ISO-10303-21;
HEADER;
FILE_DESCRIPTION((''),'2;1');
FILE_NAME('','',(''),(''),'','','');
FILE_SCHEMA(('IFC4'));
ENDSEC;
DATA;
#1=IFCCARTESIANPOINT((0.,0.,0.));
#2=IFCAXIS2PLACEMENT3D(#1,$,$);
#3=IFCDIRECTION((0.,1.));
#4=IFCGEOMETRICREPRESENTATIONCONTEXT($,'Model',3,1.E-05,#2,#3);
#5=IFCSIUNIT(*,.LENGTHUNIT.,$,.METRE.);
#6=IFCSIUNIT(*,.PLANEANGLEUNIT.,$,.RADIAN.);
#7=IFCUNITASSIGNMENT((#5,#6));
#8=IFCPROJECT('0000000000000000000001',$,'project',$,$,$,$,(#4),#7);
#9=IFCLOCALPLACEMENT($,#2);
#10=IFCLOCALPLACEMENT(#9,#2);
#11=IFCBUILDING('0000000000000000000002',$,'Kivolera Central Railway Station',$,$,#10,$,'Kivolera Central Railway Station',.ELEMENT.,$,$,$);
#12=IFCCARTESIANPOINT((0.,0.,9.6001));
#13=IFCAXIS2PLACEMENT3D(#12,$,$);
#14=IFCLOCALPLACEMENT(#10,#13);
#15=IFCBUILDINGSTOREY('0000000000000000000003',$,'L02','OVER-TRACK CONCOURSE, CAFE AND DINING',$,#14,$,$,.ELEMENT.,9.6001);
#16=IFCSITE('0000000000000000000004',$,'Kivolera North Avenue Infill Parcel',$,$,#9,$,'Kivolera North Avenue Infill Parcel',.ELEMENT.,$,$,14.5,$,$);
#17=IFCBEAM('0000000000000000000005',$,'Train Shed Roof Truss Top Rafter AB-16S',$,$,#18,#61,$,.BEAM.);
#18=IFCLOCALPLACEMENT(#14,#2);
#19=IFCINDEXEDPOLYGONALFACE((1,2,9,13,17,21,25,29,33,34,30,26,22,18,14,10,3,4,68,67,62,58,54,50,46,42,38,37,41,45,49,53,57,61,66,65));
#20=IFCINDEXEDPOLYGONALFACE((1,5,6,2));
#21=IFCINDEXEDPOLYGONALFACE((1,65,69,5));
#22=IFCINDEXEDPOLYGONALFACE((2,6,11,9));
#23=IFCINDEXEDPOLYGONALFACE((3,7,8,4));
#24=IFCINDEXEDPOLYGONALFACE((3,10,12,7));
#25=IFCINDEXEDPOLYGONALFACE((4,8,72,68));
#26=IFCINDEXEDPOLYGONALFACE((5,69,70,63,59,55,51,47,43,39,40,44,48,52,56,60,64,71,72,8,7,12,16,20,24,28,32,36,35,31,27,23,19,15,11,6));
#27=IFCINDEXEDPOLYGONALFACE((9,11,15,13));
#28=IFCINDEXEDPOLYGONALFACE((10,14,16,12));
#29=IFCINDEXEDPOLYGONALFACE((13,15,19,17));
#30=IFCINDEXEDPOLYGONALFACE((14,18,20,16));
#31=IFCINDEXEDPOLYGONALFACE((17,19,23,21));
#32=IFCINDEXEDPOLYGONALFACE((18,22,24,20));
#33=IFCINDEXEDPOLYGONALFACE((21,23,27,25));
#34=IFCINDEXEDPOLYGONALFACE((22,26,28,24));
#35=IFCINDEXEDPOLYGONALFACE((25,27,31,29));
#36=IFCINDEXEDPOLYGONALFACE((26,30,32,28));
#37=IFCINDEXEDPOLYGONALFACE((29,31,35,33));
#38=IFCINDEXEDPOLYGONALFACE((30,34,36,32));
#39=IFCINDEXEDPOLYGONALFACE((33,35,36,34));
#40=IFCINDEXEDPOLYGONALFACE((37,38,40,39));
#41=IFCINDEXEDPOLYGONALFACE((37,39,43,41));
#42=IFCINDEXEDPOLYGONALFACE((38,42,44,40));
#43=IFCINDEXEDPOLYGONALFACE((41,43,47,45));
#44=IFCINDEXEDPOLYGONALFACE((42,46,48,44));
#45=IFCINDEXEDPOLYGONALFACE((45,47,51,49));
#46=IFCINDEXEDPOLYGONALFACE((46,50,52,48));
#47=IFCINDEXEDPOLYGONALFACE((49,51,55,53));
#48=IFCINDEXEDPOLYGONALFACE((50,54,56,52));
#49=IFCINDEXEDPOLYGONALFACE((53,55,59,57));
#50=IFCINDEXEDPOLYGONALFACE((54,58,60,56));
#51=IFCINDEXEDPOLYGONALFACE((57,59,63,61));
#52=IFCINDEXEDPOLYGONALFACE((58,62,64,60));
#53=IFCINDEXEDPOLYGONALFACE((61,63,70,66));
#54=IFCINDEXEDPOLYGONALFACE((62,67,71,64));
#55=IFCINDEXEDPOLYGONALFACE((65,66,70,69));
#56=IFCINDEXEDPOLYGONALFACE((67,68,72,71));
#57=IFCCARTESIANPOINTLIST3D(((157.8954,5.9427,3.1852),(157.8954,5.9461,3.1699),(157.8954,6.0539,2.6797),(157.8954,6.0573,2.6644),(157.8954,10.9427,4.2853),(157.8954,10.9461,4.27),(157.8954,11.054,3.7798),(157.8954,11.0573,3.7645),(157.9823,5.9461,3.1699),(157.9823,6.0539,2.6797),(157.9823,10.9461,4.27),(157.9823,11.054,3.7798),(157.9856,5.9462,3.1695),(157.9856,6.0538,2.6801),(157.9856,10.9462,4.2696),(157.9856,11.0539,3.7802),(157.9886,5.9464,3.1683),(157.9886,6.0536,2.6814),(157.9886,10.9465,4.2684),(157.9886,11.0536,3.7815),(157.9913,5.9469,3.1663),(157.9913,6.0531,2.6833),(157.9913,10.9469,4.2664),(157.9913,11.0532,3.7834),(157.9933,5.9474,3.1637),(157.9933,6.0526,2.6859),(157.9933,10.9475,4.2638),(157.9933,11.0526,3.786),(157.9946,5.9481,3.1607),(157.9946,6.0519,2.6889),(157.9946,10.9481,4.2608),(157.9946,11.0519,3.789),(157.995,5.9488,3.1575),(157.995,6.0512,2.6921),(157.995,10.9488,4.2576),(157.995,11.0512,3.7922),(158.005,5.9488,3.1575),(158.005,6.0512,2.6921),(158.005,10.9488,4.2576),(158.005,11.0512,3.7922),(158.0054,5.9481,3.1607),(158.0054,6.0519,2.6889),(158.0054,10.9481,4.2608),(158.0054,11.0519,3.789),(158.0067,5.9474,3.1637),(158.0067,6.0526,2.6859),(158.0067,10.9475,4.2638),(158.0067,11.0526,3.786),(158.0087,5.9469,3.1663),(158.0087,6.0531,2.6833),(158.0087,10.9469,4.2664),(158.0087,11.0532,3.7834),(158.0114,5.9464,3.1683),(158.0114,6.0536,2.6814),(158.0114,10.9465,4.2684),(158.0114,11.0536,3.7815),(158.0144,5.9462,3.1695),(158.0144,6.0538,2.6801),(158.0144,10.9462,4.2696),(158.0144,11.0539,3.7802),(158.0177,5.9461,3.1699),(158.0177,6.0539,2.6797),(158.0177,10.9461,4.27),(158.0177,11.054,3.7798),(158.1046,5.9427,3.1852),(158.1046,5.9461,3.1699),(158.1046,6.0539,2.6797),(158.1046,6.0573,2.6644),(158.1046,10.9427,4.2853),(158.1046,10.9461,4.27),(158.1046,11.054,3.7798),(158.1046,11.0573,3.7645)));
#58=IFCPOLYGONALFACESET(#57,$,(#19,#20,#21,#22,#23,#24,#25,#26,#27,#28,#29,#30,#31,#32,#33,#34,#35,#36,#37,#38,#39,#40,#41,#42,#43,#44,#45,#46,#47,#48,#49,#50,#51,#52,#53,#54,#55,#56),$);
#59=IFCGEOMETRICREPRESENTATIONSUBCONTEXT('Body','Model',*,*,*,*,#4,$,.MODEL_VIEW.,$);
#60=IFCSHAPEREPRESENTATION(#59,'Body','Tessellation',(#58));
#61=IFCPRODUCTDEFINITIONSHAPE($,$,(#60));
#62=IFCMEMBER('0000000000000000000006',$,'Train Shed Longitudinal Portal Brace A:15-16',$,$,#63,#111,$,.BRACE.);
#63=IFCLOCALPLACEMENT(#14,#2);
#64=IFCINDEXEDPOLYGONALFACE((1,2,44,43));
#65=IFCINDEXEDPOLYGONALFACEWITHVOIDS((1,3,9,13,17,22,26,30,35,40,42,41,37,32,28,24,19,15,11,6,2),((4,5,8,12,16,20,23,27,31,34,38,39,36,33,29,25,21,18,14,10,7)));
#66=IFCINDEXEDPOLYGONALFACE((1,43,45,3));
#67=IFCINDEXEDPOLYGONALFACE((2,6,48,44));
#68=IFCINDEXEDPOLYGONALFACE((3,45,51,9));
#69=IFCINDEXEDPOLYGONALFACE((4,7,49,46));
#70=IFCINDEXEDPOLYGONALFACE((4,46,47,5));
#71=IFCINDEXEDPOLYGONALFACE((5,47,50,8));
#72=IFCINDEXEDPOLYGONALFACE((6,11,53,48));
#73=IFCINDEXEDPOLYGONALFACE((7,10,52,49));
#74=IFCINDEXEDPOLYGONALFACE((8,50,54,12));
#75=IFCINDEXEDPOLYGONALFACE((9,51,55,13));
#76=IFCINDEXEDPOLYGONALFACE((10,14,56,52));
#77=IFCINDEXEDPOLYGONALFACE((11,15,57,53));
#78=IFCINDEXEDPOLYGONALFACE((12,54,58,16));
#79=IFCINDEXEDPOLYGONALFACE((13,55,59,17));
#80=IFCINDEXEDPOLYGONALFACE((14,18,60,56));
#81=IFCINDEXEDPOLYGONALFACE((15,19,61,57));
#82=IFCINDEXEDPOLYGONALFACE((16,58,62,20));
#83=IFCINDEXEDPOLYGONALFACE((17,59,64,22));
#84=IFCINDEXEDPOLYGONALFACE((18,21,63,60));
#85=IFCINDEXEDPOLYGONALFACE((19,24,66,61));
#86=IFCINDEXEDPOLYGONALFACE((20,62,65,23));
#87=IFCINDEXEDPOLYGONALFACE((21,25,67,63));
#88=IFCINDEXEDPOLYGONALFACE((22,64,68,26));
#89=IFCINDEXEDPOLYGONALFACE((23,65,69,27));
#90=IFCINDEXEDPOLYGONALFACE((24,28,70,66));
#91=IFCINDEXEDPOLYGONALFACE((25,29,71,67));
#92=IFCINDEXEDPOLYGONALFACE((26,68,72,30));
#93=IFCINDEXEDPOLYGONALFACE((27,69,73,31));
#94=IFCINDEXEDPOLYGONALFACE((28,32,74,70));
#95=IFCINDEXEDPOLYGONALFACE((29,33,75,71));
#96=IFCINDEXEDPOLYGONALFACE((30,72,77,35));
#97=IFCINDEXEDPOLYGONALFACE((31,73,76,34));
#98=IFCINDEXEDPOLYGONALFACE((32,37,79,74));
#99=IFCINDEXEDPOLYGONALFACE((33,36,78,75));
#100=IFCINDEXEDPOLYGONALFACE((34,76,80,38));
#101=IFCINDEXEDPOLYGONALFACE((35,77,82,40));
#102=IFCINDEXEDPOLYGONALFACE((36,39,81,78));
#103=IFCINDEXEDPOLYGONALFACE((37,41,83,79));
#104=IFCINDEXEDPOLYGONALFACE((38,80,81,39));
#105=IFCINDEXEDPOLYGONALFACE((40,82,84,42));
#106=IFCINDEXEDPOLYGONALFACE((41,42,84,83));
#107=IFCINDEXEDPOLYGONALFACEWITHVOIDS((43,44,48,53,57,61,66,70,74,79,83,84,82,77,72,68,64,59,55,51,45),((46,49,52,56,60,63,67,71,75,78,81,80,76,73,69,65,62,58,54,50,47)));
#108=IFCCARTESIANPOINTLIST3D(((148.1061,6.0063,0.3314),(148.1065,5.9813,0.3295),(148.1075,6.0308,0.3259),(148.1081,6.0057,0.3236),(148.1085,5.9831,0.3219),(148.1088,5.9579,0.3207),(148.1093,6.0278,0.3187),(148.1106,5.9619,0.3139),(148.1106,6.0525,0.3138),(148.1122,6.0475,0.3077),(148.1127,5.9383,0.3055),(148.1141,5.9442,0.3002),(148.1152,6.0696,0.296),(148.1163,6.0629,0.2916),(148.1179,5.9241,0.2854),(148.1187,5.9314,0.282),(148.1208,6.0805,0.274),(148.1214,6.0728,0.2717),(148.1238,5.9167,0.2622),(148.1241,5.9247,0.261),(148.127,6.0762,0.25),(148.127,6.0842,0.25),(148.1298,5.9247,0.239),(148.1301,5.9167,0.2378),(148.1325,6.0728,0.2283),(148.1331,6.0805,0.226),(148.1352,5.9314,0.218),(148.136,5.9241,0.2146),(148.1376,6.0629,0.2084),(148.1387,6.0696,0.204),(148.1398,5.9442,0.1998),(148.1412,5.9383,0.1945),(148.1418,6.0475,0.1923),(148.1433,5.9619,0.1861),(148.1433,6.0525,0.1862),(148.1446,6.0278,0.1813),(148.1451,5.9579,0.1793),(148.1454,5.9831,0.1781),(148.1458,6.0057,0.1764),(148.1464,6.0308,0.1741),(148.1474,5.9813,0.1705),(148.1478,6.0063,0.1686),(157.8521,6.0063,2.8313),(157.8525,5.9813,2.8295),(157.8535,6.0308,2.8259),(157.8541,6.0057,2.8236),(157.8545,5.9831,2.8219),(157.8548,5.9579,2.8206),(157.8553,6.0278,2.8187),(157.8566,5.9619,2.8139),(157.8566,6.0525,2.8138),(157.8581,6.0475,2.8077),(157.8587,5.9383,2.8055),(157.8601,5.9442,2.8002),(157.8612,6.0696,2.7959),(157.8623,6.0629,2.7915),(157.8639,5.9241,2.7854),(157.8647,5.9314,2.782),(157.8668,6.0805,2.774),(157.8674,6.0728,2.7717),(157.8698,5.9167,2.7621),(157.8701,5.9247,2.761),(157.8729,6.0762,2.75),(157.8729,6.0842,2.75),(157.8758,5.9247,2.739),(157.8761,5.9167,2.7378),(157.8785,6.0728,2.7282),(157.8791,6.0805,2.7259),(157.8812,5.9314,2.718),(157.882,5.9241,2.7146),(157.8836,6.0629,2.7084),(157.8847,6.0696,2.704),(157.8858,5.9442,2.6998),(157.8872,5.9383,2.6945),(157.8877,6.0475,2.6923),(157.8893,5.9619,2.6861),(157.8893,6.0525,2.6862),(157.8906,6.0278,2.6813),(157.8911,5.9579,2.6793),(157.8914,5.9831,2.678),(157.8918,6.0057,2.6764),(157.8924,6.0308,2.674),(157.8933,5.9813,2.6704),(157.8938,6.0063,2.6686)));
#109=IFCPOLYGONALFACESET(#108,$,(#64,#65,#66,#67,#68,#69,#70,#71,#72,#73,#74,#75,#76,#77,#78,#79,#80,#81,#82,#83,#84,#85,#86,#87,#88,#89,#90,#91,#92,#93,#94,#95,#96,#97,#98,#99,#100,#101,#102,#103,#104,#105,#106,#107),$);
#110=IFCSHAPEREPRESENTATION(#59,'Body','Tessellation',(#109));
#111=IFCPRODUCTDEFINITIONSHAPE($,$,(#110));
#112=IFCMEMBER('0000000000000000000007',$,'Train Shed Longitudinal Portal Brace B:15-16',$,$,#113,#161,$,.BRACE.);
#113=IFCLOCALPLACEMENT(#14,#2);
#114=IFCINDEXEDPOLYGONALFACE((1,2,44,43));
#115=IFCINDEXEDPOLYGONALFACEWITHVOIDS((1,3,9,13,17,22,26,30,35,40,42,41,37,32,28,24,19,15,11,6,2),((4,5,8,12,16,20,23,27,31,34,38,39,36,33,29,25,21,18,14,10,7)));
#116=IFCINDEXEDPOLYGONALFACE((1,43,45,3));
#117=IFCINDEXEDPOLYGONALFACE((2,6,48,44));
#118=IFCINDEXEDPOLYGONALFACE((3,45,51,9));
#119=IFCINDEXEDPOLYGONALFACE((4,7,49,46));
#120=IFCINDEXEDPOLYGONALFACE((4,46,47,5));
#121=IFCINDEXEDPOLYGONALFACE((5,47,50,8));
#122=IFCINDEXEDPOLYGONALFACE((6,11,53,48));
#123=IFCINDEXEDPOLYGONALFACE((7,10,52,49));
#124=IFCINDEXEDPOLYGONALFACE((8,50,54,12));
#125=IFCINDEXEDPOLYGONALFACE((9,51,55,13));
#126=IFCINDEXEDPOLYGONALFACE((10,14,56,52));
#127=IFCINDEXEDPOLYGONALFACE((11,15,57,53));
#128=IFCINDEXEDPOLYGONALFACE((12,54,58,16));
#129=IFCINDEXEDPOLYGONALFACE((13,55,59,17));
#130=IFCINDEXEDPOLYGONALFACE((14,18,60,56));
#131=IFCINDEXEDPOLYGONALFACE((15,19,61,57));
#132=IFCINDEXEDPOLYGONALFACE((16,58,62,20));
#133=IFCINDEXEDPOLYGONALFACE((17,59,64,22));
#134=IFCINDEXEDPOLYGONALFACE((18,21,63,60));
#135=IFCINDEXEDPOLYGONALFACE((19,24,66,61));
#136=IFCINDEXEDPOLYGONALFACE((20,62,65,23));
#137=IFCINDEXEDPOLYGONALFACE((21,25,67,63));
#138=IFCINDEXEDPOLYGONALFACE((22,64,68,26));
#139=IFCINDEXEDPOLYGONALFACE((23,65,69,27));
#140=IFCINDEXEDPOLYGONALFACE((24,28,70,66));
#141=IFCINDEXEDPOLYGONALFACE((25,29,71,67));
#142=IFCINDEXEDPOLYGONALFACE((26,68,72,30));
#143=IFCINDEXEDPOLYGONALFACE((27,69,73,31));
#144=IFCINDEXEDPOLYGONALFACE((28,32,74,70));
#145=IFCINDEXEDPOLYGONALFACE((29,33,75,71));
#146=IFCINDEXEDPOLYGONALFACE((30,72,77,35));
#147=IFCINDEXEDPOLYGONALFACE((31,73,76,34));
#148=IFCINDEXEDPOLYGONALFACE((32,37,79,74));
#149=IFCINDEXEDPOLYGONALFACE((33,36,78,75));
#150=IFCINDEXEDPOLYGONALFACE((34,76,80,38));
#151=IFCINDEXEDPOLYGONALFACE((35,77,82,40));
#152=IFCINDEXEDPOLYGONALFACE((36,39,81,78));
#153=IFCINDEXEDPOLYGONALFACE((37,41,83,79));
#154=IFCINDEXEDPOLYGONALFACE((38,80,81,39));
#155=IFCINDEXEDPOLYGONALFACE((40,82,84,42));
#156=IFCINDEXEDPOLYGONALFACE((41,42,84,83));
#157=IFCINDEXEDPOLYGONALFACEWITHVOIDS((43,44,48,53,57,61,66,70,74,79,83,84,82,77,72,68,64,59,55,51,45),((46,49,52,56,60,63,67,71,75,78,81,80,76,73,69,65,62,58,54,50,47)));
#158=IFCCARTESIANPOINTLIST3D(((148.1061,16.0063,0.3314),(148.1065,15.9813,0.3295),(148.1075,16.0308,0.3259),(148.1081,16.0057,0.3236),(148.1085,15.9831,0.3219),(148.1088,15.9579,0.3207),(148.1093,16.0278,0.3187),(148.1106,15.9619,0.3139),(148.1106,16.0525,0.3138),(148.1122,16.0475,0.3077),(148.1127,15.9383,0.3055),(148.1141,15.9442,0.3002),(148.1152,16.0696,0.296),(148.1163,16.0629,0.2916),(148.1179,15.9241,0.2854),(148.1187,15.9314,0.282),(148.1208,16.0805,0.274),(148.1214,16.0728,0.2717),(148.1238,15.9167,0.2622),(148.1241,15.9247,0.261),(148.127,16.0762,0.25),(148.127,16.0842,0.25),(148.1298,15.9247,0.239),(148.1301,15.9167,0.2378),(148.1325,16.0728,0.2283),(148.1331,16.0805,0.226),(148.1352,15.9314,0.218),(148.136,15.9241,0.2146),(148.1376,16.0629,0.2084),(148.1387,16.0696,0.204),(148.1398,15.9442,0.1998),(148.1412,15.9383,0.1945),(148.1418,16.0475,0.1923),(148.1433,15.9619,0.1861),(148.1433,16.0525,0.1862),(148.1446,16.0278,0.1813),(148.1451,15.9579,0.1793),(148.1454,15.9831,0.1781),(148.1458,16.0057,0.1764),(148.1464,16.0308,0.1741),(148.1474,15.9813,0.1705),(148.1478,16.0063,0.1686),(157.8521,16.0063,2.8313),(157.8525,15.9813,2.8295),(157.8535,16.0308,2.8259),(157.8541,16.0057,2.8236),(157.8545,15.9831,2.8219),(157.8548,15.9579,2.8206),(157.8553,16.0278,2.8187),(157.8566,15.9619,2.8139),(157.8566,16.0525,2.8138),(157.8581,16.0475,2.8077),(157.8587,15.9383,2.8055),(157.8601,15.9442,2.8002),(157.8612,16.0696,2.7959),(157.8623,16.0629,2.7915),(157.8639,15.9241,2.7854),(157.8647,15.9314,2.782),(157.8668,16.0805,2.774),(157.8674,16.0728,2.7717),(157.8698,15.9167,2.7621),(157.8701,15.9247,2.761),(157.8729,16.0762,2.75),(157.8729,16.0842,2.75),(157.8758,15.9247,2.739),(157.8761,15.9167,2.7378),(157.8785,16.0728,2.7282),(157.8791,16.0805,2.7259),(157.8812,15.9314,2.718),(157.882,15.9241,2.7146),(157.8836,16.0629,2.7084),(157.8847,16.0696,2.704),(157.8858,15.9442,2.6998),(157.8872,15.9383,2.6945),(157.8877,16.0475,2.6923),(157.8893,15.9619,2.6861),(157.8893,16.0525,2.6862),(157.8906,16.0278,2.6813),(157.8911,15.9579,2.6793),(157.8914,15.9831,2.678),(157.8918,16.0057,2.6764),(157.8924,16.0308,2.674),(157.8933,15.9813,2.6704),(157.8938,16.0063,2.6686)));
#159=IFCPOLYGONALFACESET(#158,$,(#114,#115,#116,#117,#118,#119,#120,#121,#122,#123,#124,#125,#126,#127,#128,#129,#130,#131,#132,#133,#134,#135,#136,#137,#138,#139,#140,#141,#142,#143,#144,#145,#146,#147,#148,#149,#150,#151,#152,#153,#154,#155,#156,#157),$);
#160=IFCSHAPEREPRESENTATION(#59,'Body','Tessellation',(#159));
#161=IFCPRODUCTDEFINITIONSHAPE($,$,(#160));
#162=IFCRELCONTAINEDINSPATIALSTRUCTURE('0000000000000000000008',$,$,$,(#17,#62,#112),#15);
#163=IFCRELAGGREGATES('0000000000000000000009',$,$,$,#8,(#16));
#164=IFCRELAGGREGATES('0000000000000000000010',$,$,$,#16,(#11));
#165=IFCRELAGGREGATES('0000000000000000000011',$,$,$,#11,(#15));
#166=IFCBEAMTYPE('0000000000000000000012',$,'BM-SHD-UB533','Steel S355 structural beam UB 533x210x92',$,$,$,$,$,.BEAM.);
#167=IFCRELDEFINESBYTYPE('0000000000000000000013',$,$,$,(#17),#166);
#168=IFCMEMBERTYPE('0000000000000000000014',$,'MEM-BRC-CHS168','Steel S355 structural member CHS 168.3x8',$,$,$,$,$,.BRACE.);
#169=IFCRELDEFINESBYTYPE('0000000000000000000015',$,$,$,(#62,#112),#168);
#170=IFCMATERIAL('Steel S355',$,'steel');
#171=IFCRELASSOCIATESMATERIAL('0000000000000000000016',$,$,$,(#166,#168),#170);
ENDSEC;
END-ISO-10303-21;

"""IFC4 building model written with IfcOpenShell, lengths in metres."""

from ifc_helpers import new_model, si_unit, direction, frame, origin, origin_2d, place, context, subcontext, project, spatial, hollow_circle, i_section, extrude, material, material_profile, profile_set, type_object, element, save


model = new_model("IFC4")

# Units and contexts
model_context = context("Model", 3, precision=1e-05, world=origin(), true_north=direction((0.0, 1.0)))
body_context = subcontext(model_context, "Body", "Model", "MODEL_VIEW")
ifc_project = project(units=[si_unit("LENGTHUNIT", "METRE"), si_unit("PLANEANGLEUNIT", "RADIAN")], contexts=[model_context])

# Site, building, storey
site_placement = place(None, origin())
site = spatial("IfcSite", under=ifc_project, at=site_placement, Name="Kivolera North Avenue Infill Parcel", LongName="Kivolera North Avenue Infill Parcel", CompositionType="ELEMENT", RefElevation=14.5)
building_placement = place(site_placement, origin())
building = spatial("IfcBuilding", under=site, at=building_placement, Name="Kivolera Central Railway Station", LongName="Kivolera Central Railway Station", CompositionType="ELEMENT")
storey_placement = place(building_placement, frame((0.0, 0.0, 9.6001)))
storey = spatial("IfcBuildingStorey", under=building, at=storey_placement, Name="L02", Description="OVER-TRACK CONCOURSE, CAFE AND DINING", CompositionType="ELEMENT", Elevation=9.6001)

# Shared definitions
ifc_material_1 = material(Name="Steel S355", Category="steel")

# Beam
ifc_material_profile_1 = material_profile(ifc_material_1, i_section(OverallWidth=0.2092, OverallDepth=0.5332, WebThickness=0.01, FlangeThickness=0.0156, FilletRadius=0.0127, at=origin_2d()), Name="UB 533x210x92")
ifc_profile_set_1 = profile_set([ifc_material_profile_1], Name="Steel S355")
beam_type_1 = type_object("IfcBeamType", Name="BM-SHD-UB533", Description="Steel S355 structural beam UB 533x210x92", PredefinedType="BEAM", material=ifc_profile_set_1)
beam_1_placement = place(storey_placement, frame((158.0, 6.0, 2.9248), z_axis=(0.0, 0.97664, 0.21488), x_axis=(-1.0, 0.0, 0.0)))
element("IfcBeam", 1, at=beam_1_placement, inside=storey, type_object=beam_type_1, Name="Train Shed Roof Truss Top Rafter AB-16S", PredefinedType="BEAM", context=body_context, shape_type="SweptSolid", body=[
    extrude(i_section(OverallWidth=0.2092, OverallDepth=0.5332, WebThickness=0.01, FlangeThickness=0.0156, FilletRadius=0.0127, at=origin_2d()), origin(), (0.0, 0.0, 1.0), 5.1196),
])

# Members
ifc_material_profile_2 = material_profile(ifc_material_1, hollow_circle(Radius=0.0842, WallThickness=0.0081, at=origin_2d()), Name="CHS 168.3x8")
ifc_profile_set_2 = profile_set([ifc_material_profile_2], Name="Steel S355")
member_type_1 = type_object("IfcMemberType", Name="MEM-BRC-CHS168", Description="Steel S355 structural member CHS 168.3x8", PredefinedType="BRACE", material=ifc_profile_set_2)
for number, where, z_axis, x_axis, name in (
    (2, (148.127, 6.0, 0.25), (0.96864, 0.0, 0.248469), (0.0, 1.0, 0.0), "Train Shed Longitudinal Portal Brace A:15-16"),
    (3, (148.127, 16.0, 0.25), (0.96864, 0.0, 0.248469), (0.0, 1.0, 0.0), "Train Shed Longitudinal Portal Brace B:15-16"),
):
    element("IfcMember", number, at=place(storey_placement, frame(where, z_axis=z_axis, x_axis=x_axis)), inside=storey, type_object=member_type_1, Name=name, PredefinedType="BRACE", context=body_context, shape_type="SweptSolid", body=[
        extrude(hollow_circle(Radius=0.0842, WallThickness=0.0081, at=origin_2d()), origin(), (0.0, 0.0, 1.0), 10.0615),
    ])

save(model, "model.ifc")
